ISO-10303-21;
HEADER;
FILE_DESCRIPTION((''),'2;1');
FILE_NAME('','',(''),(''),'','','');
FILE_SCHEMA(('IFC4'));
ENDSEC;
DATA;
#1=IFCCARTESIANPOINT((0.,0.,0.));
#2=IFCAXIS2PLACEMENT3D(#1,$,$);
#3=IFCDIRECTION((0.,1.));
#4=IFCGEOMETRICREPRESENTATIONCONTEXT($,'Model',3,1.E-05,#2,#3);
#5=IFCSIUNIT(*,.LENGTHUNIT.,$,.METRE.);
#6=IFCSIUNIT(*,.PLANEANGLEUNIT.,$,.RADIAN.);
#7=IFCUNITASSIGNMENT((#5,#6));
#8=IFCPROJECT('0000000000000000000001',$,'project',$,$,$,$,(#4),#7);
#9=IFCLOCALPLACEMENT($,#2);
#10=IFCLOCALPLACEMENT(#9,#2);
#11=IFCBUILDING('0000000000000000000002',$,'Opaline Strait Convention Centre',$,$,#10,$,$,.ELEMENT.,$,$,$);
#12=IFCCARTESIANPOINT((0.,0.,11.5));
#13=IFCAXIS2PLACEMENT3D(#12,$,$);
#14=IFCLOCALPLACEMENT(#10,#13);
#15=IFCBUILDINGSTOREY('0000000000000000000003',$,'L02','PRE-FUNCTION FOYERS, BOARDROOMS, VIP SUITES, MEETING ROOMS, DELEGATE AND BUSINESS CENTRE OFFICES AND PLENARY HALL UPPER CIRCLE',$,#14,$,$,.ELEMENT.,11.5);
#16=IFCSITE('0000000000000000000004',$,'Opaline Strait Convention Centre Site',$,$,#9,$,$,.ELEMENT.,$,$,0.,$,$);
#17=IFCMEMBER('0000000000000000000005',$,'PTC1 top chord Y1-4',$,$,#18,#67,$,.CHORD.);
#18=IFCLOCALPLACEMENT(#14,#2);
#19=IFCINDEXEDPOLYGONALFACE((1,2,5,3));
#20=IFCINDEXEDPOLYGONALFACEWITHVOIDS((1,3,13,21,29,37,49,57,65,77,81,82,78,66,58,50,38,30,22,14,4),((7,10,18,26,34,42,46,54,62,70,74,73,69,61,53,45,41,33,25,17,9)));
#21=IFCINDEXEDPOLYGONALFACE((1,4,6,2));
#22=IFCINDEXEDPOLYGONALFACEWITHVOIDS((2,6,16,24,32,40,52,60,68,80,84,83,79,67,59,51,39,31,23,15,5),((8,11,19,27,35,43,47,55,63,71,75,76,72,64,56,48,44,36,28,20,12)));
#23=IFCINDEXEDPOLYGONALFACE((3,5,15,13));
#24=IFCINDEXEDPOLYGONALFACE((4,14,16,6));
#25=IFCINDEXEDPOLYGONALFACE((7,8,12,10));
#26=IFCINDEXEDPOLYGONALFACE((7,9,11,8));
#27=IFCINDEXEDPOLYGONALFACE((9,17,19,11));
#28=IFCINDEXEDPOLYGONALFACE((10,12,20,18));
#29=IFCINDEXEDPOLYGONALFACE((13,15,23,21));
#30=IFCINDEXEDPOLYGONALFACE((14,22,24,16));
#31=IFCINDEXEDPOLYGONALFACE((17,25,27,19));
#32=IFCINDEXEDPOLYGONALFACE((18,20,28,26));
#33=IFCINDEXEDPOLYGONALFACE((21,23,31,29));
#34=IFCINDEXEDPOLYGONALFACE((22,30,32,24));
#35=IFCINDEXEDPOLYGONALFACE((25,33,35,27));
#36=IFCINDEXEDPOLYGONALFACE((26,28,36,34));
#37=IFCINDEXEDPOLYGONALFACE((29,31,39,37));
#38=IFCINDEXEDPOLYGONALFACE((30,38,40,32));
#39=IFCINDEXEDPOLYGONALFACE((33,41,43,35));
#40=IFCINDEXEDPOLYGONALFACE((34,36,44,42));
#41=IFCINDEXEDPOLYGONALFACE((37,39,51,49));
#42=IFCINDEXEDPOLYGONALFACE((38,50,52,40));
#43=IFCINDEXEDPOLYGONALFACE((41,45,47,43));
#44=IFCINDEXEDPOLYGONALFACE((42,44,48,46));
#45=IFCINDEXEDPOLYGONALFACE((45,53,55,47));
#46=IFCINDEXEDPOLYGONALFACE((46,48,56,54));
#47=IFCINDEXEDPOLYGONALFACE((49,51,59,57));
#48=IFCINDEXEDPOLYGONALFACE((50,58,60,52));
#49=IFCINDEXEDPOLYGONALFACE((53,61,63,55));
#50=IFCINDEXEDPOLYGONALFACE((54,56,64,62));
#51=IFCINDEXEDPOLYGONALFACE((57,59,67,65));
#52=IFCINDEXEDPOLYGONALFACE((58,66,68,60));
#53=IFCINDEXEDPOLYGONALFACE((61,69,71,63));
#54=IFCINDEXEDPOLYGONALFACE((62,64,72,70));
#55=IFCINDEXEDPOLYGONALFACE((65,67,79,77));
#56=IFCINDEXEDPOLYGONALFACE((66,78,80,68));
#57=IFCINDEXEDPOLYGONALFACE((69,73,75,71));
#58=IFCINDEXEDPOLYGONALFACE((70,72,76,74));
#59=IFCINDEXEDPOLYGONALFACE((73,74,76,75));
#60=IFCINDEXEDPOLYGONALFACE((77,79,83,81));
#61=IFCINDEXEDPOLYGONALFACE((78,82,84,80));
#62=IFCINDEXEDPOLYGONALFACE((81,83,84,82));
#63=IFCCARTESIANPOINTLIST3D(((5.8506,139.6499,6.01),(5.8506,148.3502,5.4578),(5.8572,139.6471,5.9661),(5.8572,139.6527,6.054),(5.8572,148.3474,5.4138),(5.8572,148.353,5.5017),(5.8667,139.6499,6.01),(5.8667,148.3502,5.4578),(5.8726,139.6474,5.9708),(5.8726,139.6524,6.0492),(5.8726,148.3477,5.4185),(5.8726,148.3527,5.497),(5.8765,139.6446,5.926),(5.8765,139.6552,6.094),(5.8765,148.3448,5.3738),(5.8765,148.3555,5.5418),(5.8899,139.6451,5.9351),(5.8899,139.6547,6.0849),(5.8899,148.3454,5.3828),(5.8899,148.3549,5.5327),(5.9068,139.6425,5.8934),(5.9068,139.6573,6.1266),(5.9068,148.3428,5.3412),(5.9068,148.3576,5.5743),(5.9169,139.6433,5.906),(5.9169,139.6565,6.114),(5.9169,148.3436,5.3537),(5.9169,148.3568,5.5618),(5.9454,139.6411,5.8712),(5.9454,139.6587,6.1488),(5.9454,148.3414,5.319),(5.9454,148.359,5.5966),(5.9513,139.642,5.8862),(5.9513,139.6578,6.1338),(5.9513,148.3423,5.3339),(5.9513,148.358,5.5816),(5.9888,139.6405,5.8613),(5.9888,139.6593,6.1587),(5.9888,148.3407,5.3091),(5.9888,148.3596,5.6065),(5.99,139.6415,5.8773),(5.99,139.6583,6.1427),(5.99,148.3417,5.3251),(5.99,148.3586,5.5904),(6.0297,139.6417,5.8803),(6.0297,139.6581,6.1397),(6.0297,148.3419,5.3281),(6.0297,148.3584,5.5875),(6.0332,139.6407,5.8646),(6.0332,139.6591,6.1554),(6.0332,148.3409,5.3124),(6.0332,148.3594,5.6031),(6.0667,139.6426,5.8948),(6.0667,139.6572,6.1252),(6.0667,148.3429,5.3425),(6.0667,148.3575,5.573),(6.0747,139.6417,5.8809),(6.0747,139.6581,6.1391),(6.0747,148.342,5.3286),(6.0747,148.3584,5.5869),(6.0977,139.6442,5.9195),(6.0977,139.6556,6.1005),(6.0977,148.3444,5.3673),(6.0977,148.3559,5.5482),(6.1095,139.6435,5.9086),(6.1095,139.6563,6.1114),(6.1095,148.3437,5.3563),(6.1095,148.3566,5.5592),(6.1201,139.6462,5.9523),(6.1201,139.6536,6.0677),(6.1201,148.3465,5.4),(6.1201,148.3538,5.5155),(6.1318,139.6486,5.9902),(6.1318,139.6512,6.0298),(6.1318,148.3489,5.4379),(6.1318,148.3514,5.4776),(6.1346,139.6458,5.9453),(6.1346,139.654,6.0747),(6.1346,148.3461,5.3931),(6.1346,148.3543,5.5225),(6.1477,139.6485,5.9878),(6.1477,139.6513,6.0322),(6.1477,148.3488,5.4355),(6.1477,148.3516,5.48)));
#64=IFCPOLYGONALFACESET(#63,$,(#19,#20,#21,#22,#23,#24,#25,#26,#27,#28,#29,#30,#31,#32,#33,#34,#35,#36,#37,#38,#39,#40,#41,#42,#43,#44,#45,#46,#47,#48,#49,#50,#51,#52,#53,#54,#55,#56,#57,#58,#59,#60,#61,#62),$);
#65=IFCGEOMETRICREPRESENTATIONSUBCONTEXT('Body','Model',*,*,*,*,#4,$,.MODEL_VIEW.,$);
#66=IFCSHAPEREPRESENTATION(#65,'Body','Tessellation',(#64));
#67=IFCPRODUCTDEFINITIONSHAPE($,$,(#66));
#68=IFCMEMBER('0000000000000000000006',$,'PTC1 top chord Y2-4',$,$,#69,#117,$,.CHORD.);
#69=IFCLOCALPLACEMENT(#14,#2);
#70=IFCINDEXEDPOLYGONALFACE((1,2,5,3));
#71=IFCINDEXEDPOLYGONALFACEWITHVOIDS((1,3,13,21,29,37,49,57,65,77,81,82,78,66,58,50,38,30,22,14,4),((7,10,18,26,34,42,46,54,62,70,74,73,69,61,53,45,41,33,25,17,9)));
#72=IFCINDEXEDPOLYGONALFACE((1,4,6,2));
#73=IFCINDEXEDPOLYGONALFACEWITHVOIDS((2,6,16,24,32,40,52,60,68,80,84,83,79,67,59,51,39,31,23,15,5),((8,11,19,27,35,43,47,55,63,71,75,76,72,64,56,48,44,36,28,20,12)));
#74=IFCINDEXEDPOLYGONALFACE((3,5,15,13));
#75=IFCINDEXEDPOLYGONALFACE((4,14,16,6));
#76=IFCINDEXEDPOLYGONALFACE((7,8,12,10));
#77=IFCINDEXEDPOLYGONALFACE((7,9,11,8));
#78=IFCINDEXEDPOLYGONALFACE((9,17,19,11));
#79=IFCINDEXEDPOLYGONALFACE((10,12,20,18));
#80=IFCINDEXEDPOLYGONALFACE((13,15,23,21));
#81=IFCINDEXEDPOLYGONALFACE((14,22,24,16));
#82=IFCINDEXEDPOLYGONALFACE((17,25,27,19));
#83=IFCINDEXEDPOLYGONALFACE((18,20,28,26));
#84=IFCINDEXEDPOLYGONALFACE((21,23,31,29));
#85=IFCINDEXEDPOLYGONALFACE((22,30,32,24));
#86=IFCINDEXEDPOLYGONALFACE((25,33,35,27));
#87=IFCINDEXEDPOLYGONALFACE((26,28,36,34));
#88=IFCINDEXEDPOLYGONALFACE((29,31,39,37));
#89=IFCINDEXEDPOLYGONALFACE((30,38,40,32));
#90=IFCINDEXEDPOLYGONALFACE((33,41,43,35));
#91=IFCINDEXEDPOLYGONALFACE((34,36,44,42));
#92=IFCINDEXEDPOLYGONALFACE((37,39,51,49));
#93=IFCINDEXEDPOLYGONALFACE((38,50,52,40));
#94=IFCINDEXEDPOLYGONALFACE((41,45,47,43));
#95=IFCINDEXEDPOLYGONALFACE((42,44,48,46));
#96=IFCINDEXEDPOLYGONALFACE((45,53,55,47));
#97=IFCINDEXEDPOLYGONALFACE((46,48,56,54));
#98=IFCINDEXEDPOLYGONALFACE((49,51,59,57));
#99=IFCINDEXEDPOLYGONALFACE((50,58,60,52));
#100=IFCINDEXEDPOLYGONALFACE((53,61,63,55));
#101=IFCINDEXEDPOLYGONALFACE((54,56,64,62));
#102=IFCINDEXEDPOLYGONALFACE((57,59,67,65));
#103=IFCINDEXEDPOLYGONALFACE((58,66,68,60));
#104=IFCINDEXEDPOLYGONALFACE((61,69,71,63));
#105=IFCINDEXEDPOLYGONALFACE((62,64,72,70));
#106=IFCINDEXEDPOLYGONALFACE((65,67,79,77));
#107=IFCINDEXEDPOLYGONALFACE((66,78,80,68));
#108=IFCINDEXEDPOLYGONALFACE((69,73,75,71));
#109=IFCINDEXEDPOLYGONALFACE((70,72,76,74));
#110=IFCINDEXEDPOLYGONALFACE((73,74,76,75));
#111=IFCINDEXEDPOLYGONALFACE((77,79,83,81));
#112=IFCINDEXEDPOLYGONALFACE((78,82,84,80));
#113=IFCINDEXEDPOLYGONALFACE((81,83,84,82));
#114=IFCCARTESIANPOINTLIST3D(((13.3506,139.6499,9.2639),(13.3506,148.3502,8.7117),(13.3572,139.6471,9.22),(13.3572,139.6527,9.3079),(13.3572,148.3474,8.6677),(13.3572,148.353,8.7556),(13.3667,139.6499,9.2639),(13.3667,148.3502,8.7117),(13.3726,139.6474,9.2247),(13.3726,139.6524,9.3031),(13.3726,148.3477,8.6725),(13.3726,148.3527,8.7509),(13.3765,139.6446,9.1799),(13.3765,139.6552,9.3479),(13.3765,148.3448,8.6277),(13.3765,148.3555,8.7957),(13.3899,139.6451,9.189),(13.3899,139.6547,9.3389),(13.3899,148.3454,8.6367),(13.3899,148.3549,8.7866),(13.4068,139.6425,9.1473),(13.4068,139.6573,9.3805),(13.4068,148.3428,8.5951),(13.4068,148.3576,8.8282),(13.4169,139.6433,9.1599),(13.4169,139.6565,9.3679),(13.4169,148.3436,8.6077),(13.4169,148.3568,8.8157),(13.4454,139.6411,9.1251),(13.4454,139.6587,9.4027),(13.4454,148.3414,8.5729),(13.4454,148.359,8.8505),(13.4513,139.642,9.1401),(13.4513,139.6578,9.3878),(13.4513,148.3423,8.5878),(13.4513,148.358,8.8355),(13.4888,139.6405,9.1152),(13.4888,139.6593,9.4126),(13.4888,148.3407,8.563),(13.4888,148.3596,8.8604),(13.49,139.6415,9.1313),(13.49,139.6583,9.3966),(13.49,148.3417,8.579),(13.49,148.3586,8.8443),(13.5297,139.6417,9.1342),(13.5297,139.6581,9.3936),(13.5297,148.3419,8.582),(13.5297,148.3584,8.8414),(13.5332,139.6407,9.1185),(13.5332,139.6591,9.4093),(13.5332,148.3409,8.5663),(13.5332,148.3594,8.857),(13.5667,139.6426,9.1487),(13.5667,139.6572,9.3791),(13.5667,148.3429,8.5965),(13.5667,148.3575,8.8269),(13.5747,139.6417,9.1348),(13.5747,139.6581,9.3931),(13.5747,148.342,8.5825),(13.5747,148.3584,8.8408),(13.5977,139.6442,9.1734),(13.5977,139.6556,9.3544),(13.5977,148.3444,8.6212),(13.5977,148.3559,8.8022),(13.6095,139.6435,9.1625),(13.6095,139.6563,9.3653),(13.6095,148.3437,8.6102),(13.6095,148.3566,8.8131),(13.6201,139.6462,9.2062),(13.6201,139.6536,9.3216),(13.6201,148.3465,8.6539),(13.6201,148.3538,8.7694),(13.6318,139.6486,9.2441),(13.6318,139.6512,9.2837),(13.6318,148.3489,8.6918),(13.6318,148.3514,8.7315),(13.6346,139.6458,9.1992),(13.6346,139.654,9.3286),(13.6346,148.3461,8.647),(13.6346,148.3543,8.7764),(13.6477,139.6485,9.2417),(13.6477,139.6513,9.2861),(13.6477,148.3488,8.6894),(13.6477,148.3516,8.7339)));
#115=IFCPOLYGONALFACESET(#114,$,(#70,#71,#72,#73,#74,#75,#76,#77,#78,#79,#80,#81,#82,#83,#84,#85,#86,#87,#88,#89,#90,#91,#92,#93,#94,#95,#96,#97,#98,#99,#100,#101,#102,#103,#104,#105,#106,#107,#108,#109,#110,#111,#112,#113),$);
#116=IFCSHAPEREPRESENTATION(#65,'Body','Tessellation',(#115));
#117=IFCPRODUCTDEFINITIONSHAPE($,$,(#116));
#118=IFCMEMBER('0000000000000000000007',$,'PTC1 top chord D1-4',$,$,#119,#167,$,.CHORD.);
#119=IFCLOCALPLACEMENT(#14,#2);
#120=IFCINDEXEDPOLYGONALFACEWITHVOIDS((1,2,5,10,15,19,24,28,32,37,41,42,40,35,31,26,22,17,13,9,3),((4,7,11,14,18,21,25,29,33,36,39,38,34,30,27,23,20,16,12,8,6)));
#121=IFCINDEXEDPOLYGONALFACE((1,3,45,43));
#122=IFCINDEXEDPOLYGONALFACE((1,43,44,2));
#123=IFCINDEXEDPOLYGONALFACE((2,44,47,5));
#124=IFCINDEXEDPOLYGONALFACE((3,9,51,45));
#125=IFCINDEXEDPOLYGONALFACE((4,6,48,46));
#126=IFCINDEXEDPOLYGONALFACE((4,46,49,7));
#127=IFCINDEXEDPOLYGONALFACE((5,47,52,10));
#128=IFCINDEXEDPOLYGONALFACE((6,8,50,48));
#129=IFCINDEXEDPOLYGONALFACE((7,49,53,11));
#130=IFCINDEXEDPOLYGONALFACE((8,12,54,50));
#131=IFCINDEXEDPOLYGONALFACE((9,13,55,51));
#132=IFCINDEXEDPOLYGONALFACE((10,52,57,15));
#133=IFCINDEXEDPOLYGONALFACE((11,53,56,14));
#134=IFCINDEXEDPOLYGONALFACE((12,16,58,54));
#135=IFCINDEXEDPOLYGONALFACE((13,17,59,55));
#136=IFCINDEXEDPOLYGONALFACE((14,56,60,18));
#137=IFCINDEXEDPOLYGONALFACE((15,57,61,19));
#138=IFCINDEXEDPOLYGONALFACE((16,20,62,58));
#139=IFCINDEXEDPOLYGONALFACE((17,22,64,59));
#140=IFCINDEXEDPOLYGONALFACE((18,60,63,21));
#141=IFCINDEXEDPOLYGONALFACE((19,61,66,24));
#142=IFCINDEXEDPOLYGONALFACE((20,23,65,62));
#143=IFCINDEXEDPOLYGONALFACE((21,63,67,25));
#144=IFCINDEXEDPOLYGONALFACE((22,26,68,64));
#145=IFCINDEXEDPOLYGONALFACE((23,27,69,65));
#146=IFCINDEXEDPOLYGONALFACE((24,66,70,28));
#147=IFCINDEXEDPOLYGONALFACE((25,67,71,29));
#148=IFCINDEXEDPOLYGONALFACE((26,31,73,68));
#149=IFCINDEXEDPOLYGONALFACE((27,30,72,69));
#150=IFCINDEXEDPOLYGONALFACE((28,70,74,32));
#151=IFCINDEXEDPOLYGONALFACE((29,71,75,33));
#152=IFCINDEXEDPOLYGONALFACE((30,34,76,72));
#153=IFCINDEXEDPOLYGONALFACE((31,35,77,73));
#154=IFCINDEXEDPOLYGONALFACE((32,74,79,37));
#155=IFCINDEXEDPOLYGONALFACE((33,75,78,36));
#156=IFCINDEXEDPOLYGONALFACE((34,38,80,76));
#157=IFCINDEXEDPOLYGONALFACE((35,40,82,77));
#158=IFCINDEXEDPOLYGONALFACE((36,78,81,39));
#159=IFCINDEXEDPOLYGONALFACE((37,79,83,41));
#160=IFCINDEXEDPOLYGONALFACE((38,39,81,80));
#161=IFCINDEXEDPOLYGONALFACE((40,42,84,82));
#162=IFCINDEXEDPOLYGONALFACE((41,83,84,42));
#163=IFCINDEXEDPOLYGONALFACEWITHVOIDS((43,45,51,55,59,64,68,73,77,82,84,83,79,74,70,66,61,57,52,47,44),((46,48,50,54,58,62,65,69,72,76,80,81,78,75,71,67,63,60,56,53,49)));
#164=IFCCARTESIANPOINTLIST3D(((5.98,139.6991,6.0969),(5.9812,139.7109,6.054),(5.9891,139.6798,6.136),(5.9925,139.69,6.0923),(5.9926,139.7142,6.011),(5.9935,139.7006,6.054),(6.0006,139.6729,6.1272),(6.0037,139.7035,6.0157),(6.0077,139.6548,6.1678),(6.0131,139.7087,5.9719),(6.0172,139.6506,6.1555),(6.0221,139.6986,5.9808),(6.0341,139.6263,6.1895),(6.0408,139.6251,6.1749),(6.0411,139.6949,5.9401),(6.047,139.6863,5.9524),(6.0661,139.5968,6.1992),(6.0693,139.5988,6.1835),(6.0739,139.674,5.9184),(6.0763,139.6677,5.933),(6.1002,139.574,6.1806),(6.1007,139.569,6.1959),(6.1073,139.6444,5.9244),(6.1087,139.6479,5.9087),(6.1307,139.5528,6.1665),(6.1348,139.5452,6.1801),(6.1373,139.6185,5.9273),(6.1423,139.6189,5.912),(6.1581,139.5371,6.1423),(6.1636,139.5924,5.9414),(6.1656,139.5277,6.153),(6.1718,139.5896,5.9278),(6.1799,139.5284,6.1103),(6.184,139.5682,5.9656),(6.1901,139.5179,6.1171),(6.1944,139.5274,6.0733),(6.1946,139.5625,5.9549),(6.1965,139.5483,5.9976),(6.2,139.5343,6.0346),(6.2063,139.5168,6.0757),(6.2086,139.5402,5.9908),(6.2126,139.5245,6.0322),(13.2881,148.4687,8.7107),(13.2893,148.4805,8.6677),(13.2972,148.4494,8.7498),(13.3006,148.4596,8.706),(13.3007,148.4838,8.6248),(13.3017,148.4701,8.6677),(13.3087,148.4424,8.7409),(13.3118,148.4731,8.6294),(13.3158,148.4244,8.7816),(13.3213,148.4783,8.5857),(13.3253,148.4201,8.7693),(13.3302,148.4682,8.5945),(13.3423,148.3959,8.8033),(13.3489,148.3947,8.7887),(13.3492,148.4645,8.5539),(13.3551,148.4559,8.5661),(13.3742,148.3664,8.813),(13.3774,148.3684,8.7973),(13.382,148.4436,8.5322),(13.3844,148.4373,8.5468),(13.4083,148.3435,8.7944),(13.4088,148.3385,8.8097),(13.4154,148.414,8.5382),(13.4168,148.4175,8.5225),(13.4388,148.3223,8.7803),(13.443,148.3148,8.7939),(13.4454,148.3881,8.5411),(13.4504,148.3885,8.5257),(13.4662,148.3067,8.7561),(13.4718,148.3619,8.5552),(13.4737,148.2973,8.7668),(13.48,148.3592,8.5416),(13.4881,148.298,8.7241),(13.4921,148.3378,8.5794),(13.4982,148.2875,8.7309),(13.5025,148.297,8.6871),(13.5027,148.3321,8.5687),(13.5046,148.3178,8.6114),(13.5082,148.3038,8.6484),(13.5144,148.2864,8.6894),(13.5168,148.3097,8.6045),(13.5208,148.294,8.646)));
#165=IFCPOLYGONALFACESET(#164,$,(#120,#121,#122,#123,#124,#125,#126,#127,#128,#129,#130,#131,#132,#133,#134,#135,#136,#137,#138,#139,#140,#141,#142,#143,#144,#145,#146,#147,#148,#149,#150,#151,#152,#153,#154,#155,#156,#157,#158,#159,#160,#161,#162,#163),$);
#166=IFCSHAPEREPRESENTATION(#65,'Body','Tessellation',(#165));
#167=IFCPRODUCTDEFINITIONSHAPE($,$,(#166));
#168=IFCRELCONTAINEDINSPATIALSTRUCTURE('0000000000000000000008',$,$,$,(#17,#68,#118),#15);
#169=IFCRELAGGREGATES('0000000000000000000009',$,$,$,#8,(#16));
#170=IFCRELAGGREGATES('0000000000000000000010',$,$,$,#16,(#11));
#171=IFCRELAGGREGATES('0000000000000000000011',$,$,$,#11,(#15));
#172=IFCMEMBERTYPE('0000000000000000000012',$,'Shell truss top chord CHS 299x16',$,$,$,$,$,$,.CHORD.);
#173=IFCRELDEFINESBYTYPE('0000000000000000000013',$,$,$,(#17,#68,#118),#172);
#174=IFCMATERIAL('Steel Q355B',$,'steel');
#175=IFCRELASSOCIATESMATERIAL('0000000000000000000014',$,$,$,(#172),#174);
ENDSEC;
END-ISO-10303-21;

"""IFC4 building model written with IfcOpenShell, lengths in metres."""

from ifc_helpers import new_model, si_unit, direction, frame, origin, origin_2d, place, context, subcontext, project, spatial, hollow_circle, extrude, material, material_profile, profile_set, type_object, element, save


model = new_model("IFC4")

# Units and contexts
model_context = context("Model", 3, precision=1e-05, world=origin(), true_north=direction((0.0, 1.0)))
body_context = subcontext(model_context, "Body", "Model", "MODEL_VIEW")
ifc_project = project(units=[si_unit("LENGTHUNIT", "METRE"), si_unit("PLANEANGLEUNIT", "RADIAN")], contexts=[model_context])

# Site, building, storey
site_placement = place(None, origin())
site = spatial("IfcSite", under=ifc_project, at=site_placement, Name="Opaline Strait Convention Centre Site", CompositionType="ELEMENT", RefElevation=0.0)
building_placement = place(site_placement, origin())
building = spatial("IfcBuilding", under=site, at=building_placement, Name="Opaline Strait Convention Centre", CompositionType="ELEMENT")
storey_placement = place(building_placement, frame((0.0, 0.0, 11.5)))
storey = spatial("IfcBuildingStorey", under=building, at=storey_placement, Name="L02", Description="PRE-FUNCTION FOYERS, BOARDROOMS, VIP SUITES, MEETING ROOMS, DELEGATE AND BUSINESS CENTRE OFFICES AND PLENARY HALL UPPER CIRCLE", CompositionType="ELEMENT", Elevation=11.5)

# Members
ifc_material_1 = material(Name="Steel Q355B", Category="steel")
ifc_material_profile_1 = material_profile(ifc_material_1, hollow_circle(Radius=0.1494, WallThickness=0.0161, at=origin_2d()), Name="CHS 299x16")
ifc_profile_set_1 = profile_set([ifc_material_profile_1], Name="Steel Q355B")
member_type_1 = type_object("IfcMemberType", Name="Shell truss top chord CHS 299x16", PredefinedType="CHORD", material=ifc_profile_set_1)
for number, where, z_axis, x_axis, name in (
    (1, (6.0, 139.6499, 6.01), (0.0, 0.997992, -0.063348), (-1.0, 0.0, 0.0), "PTC1 top chord Y1-4"),
    (2, (13.5, 139.6499, 9.2639), (0.0, 0.997992, -0.063348), (-1.0, 0.0, 0.0), "PTC1 top chord Y2-4"),
):
    element("IfcMember", number, at=place(storey_placement, frame(where, z_axis=z_axis, x_axis=x_axis)), inside=storey, type_object=member_type_1, Name=name, PredefinedType="CHORD", context=body_context, shape_type="SweptSolid", body=[
        extrude(hollow_circle(Radius=0.1494, WallThickness=0.0161, at=origin_2d()), origin(), (0.0, 0.0, 1.0), 8.7178),
    ])
member_1_placement = place(storey_placement, frame((6.0959, 139.6152, 6.054), z_axis=(0.624044, 0.748836, 0.223191), x_axis=(-0.768214, 0.640193, 0.0)))
element("IfcMember", 3, at=member_1_placement, inside=storey, type_object=member_type_1, Name="PTC1 top chord D1-4", PredefinedType="CHORD", context=body_context, shape_type="SweptSolid", body=[
    extrude(hollow_circle(Radius=0.1494, WallThickness=0.0161, at=origin_2d()), origin(), (0.0, 0.0, 1.0), 11.7109),
])

save(model, "model.ifc")
